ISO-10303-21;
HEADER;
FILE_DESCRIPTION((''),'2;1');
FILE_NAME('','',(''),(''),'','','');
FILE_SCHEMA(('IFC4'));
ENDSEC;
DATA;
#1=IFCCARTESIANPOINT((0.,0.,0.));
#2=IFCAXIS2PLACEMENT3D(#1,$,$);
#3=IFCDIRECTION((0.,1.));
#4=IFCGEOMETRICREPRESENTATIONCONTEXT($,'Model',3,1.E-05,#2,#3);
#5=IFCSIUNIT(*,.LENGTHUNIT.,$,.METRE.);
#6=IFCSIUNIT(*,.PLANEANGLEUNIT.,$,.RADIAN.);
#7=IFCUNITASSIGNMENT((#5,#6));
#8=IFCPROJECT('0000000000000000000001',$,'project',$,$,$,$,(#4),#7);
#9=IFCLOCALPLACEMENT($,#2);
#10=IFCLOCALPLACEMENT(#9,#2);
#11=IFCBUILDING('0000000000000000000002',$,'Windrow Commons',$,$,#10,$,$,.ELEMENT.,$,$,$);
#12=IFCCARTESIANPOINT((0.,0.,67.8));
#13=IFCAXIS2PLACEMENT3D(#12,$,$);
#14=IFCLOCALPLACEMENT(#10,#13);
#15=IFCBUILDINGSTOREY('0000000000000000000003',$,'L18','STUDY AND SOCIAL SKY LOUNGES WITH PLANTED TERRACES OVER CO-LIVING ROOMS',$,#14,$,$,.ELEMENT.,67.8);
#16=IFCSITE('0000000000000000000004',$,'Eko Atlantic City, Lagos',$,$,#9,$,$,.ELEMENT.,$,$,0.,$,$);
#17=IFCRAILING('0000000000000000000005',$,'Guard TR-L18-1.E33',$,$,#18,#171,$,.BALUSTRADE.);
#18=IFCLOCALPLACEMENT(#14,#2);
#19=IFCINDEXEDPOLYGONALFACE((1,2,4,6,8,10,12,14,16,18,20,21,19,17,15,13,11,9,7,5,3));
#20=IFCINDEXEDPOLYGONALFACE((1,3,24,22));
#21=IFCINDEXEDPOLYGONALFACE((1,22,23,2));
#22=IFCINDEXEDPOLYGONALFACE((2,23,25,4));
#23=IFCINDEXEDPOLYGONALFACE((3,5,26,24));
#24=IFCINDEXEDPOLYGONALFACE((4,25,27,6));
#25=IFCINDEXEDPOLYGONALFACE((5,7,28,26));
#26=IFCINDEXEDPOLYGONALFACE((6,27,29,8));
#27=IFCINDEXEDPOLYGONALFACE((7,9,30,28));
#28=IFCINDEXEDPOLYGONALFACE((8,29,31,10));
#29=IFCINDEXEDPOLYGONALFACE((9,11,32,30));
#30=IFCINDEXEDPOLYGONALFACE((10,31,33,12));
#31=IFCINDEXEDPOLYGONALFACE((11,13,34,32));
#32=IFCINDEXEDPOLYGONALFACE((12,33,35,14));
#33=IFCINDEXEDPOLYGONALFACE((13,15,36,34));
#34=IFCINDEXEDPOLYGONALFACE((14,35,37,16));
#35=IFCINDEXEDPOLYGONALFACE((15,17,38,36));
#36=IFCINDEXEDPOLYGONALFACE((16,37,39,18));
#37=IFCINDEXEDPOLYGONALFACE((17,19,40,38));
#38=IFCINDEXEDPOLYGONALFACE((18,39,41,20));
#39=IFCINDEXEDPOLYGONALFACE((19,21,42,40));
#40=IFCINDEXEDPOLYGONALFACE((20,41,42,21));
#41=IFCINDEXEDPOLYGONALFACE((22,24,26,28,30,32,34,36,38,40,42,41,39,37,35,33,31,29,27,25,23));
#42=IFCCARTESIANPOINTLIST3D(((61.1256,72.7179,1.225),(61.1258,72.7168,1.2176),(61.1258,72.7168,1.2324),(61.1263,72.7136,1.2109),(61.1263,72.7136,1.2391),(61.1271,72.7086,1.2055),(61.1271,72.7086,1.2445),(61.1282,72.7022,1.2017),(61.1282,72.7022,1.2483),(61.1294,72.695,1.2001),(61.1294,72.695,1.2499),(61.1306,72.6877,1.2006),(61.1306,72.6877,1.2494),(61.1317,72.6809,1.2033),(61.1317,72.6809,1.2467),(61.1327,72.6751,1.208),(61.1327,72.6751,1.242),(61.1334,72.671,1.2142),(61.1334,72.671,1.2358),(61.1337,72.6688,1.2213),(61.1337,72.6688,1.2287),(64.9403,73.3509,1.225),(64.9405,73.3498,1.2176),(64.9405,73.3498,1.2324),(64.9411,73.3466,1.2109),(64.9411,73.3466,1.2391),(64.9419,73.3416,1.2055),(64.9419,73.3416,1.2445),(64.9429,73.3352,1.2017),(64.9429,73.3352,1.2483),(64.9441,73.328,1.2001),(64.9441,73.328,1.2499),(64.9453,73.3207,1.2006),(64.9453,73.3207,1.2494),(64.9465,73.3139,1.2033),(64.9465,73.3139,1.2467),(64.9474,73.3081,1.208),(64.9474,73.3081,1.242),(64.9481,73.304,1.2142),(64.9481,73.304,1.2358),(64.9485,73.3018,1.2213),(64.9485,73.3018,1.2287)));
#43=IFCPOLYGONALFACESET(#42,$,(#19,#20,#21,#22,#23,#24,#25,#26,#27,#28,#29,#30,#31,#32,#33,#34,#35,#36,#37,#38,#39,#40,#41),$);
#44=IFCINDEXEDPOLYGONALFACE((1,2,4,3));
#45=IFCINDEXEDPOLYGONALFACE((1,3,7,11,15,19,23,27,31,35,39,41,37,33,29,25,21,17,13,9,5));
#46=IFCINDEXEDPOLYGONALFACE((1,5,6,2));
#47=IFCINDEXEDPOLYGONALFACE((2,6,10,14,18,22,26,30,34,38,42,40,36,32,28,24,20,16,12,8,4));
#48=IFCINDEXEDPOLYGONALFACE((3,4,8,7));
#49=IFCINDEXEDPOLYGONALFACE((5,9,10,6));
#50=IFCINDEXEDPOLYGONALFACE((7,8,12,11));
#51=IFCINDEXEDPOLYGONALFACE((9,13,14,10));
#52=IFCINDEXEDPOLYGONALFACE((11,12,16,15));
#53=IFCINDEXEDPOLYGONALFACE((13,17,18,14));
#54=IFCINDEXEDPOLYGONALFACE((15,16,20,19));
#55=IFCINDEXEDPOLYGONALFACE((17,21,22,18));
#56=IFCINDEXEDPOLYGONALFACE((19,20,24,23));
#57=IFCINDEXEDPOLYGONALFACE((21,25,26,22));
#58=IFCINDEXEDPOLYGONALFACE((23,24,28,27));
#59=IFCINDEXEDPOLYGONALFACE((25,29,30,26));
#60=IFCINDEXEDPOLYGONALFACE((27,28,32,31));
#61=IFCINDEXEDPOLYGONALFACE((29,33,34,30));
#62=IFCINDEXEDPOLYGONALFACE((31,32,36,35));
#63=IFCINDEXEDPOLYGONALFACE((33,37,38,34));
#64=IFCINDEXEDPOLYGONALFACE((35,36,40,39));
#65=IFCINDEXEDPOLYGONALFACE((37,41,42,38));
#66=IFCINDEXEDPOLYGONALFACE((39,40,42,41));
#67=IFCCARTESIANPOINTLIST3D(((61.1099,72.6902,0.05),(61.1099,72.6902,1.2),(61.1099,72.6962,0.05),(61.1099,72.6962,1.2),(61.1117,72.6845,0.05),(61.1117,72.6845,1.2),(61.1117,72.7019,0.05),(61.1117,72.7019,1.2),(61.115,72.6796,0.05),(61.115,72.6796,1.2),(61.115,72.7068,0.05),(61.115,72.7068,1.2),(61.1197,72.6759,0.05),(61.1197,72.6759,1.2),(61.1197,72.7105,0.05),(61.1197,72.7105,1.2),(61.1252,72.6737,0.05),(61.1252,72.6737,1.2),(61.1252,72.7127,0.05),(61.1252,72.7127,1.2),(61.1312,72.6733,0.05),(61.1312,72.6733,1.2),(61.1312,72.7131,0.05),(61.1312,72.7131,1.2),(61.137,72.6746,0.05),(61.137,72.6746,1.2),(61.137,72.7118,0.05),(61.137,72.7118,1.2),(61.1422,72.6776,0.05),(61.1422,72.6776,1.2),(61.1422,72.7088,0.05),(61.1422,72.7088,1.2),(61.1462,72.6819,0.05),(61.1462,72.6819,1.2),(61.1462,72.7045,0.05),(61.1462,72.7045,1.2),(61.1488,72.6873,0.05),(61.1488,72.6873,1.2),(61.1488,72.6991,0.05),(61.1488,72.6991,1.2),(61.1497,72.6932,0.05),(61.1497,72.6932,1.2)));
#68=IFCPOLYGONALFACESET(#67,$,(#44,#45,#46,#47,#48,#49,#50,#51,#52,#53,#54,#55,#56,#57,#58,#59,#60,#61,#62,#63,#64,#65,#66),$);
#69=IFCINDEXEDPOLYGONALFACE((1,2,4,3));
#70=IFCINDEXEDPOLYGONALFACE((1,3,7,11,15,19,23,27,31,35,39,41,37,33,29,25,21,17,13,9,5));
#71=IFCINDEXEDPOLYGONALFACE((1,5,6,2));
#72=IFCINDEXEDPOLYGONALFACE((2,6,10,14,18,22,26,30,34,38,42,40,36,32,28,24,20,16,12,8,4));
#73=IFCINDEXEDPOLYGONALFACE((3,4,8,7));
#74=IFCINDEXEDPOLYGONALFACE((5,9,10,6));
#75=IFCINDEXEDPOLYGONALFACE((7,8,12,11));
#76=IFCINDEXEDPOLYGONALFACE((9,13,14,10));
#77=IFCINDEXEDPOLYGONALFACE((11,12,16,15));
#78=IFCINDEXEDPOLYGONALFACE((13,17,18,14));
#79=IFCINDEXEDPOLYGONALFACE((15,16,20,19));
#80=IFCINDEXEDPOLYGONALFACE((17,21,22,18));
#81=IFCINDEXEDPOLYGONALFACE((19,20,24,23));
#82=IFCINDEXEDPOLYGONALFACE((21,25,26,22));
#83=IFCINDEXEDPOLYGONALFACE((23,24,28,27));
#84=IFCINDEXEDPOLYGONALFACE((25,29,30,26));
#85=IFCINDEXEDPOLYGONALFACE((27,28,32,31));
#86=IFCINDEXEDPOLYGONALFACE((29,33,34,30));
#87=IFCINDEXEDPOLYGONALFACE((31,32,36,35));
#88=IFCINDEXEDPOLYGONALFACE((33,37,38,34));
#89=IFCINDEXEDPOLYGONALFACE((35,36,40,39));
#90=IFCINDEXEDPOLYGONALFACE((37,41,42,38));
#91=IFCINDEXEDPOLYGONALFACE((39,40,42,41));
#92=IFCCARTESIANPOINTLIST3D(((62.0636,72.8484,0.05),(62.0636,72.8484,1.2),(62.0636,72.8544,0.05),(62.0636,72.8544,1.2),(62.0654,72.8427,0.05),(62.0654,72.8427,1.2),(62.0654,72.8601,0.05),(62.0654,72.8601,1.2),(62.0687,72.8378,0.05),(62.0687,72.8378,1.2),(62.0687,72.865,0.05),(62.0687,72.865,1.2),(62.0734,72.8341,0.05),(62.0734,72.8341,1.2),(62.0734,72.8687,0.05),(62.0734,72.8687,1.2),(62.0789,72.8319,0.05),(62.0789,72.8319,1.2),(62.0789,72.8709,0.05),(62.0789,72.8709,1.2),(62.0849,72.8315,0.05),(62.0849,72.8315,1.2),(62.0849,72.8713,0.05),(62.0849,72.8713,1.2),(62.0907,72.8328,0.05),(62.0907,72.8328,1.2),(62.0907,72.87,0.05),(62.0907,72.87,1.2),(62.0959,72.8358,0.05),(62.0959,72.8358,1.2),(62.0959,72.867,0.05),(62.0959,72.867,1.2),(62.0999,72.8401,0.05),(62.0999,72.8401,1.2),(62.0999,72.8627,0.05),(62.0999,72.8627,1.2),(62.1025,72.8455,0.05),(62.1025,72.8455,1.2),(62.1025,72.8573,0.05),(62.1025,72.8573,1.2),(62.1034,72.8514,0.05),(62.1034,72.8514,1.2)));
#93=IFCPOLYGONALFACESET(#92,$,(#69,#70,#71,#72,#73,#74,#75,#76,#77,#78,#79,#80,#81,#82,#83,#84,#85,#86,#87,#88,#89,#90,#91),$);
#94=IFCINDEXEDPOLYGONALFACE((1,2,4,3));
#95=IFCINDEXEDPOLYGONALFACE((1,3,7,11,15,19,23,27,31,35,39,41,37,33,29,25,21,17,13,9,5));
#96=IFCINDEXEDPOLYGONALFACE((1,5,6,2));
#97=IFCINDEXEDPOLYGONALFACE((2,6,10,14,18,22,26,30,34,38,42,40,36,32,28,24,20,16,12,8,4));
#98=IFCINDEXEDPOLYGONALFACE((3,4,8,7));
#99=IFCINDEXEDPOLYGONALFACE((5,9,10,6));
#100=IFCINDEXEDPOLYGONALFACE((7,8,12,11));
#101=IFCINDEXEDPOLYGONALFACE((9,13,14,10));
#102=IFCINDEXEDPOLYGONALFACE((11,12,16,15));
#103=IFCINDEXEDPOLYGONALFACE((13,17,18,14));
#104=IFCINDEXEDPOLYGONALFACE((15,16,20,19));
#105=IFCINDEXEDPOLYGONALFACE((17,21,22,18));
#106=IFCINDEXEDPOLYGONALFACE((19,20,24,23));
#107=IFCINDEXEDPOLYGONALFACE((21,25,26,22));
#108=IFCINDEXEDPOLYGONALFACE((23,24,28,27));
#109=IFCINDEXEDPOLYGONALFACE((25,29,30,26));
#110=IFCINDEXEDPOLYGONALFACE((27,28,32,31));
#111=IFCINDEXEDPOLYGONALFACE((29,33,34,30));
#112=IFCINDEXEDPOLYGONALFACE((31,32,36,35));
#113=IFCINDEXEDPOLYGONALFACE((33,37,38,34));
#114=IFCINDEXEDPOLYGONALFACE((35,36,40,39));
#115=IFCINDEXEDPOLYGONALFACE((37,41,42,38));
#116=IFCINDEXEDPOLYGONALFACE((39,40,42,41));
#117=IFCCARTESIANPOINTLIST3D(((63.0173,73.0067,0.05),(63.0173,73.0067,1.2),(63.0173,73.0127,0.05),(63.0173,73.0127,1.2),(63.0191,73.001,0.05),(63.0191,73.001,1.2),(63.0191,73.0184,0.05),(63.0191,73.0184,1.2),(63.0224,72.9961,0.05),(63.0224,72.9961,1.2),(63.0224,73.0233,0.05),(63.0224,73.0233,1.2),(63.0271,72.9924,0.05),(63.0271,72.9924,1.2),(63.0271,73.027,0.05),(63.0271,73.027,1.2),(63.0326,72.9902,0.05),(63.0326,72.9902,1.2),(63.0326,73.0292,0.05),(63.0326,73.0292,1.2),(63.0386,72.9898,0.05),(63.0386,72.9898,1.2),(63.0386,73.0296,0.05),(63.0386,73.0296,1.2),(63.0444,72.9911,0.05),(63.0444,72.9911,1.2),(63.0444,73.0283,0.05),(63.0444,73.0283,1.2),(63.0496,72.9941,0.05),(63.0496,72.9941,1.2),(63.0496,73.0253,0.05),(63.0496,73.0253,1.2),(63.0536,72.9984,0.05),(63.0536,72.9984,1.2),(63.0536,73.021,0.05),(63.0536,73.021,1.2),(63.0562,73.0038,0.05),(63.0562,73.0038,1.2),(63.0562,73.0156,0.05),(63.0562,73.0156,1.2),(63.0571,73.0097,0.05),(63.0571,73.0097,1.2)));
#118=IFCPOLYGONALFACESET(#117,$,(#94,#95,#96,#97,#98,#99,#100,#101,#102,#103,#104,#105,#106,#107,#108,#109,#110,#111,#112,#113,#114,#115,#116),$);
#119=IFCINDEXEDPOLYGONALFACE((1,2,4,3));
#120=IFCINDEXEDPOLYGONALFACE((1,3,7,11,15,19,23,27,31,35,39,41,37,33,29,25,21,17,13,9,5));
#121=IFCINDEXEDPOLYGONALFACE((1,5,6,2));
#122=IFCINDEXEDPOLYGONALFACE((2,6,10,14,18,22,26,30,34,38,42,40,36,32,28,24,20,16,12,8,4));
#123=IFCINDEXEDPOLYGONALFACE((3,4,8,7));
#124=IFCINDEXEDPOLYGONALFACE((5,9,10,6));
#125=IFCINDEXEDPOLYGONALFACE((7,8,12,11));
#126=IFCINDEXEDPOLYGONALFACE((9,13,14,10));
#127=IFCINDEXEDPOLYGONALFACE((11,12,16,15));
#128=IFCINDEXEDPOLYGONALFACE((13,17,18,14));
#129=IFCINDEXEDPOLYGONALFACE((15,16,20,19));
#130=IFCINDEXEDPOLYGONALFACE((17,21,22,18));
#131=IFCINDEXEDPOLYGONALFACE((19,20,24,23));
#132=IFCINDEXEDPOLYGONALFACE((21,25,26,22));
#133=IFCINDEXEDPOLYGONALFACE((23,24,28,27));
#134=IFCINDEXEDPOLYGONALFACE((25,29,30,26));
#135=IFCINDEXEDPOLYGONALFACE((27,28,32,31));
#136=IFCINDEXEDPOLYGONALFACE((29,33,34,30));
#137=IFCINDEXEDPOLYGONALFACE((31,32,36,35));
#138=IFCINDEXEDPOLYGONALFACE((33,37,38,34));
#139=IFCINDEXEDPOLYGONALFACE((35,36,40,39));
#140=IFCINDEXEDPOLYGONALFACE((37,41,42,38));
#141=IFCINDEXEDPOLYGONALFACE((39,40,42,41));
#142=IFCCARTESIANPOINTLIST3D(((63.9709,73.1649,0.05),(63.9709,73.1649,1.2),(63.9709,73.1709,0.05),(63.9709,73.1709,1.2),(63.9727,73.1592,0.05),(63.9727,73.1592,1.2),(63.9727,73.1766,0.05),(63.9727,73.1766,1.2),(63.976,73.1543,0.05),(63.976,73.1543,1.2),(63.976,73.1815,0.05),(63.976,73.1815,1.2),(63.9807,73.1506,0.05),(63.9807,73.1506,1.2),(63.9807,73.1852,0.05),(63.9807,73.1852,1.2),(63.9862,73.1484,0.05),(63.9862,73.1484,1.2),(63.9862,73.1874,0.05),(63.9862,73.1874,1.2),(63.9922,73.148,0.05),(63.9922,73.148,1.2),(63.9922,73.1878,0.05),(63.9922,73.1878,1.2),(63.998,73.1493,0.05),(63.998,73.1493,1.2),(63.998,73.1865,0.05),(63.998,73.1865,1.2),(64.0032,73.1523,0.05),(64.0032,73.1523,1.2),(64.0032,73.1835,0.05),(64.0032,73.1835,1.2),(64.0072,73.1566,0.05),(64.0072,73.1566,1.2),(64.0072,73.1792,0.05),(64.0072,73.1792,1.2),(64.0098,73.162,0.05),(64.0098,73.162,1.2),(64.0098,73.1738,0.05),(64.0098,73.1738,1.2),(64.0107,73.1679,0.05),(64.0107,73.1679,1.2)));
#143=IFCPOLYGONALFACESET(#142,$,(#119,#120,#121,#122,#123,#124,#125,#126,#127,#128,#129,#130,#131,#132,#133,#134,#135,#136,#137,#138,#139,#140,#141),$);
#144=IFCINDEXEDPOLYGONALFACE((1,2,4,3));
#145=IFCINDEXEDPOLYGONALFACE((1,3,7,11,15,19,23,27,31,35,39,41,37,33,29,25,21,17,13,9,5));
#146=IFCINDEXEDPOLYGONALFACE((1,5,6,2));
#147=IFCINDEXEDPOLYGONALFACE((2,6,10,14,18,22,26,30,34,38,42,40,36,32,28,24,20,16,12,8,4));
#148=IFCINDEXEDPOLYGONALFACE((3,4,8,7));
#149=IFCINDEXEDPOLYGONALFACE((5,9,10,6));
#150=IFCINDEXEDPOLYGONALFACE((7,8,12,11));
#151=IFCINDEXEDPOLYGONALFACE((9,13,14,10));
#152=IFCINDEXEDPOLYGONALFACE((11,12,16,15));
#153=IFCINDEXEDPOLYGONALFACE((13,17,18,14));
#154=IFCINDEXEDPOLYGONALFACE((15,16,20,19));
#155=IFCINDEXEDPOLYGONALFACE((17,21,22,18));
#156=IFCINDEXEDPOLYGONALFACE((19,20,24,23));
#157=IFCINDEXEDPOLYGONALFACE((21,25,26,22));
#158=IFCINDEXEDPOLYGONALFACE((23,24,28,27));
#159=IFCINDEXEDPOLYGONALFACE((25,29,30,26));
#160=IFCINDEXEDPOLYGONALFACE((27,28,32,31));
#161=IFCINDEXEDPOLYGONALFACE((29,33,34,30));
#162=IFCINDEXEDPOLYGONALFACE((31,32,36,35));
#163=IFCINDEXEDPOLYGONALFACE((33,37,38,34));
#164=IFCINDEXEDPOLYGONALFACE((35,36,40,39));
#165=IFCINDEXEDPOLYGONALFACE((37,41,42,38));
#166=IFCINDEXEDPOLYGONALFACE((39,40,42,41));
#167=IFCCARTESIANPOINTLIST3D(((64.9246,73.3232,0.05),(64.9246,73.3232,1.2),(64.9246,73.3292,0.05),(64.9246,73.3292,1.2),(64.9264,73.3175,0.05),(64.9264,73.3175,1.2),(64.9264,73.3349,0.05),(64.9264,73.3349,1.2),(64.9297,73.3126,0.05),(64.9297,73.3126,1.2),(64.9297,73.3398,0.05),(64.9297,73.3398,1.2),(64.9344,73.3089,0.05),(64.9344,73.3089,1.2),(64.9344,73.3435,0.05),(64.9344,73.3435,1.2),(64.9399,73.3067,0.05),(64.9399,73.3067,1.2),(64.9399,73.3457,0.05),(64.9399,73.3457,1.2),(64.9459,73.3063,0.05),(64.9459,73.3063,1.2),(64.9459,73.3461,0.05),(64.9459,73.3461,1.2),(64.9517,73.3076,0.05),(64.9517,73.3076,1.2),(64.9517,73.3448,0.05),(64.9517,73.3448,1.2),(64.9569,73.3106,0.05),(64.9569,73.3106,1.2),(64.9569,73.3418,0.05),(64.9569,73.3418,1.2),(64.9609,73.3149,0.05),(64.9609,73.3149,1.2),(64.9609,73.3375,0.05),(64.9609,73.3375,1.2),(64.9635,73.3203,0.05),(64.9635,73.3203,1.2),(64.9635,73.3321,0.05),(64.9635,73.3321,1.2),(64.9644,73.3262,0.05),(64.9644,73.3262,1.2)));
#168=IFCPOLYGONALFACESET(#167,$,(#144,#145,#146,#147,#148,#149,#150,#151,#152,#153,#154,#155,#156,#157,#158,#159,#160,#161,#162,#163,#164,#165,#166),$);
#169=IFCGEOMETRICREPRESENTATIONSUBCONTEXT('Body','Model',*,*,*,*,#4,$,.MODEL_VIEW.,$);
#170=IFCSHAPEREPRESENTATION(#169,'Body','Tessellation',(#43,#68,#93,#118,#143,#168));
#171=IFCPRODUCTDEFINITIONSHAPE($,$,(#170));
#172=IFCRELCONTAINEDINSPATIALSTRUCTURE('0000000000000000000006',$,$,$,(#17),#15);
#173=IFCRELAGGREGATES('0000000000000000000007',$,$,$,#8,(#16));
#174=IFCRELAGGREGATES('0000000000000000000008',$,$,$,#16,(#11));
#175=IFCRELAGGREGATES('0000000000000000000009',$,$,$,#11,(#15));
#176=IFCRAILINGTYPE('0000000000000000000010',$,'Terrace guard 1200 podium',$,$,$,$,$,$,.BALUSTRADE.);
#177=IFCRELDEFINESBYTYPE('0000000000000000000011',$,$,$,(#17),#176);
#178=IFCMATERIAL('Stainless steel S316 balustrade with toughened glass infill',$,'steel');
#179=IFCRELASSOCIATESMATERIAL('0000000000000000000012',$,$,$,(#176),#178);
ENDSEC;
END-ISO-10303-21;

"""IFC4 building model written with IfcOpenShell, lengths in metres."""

from ifc_helpers import new_model, si_unit, direction, frame, origin, origin_2d, place, context, subcontext, project, spatial, circle, extrude, material, type_object, element, save


model = new_model("IFC4")

# Units and contexts
model_context = context("Model", 3, precision=1e-05, world=origin(), true_north=direction((0.0, 1.0)))
body_context = subcontext(model_context, "Body", "Model", "MODEL_VIEW")
ifc_project = project(units=[si_unit("LENGTHUNIT", "METRE"), si_unit("PLANEANGLEUNIT", "RADIAN")], contexts=[model_context])

# Site, building, storey
site_placement = place(None, origin())
site = spatial("IfcSite", under=ifc_project, at=site_placement, Name="Eko Atlantic City, Lagos", CompositionType="ELEMENT", RefElevation=0.0)
building_placement = place(site_placement, origin())
building = spatial("IfcBuilding", under=site, at=building_placement, Name="Windrow Commons", CompositionType="ELEMENT")
storey_placement = place(building_placement, frame((0.0, 0.0, 67.8)))
storey = spatial("IfcBuildingStorey", under=building, at=storey_placement, Name="L18", Description="STUDY AND SOCIAL SKY LOUNGES WITH PLANTED TERRACES OVER CO-LIVING ROOMS", CompositionType="ELEMENT", Elevation=67.8)

# Railing
ifc_material_1 = material(Name="Stainless steel S316 balustrade with toughened glass infill", Category="steel")
railing_type_1 = type_object("IfcRailingType", Name="Terrace guard 1200 podium", PredefinedType="BALUSTRADE", material=ifc_material_1)
railing_1_placement = place(storey_placement, frame((61.1297, 72.6932, 0.05)))
element("IfcRailing", 1, at=railing_1_placement, inside=storey, type_object=railing_type_1, Name="Guard TR-L18-1.E33", PredefinedType="BALUSTRADE", context=body_context, shape_type="SweptSolid", body=[
    extrude(circle(Radius=0.025, at=origin_2d()), frame((0.0, 0.0, 1.175), z_axis=(0.98651, 0.163699, 0.0), x_axis=(-0.163699, 0.98651, 0.0)), (0.0, 0.0, 1.0), 3.8669),
    extrude(circle(Radius=0.02, at=origin_2d()), origin(), (0.0, 0.0, 1.0), 1.15),
    extrude(circle(Radius=0.02, at=origin_2d()), frame((0.9537, 0.1582, 0.0)), (0.0, 0.0, 1.0), 1.15),
    extrude(circle(Radius=0.02, at=origin_2d()), frame((1.9074, 0.3165, 0.0)), (0.0, 0.0, 1.0), 1.15),
    extrude(circle(Radius=0.02, at=origin_2d()), frame((2.861, 0.4747, 0.0)), (0.0, 0.0, 1.0), 1.15),
    extrude(circle(Radius=0.02, at=origin_2d()), frame((3.8147, 0.633, 0.0)), (0.0, 0.0, 1.0), 1.15),
])

save(model, "model.ifc")
